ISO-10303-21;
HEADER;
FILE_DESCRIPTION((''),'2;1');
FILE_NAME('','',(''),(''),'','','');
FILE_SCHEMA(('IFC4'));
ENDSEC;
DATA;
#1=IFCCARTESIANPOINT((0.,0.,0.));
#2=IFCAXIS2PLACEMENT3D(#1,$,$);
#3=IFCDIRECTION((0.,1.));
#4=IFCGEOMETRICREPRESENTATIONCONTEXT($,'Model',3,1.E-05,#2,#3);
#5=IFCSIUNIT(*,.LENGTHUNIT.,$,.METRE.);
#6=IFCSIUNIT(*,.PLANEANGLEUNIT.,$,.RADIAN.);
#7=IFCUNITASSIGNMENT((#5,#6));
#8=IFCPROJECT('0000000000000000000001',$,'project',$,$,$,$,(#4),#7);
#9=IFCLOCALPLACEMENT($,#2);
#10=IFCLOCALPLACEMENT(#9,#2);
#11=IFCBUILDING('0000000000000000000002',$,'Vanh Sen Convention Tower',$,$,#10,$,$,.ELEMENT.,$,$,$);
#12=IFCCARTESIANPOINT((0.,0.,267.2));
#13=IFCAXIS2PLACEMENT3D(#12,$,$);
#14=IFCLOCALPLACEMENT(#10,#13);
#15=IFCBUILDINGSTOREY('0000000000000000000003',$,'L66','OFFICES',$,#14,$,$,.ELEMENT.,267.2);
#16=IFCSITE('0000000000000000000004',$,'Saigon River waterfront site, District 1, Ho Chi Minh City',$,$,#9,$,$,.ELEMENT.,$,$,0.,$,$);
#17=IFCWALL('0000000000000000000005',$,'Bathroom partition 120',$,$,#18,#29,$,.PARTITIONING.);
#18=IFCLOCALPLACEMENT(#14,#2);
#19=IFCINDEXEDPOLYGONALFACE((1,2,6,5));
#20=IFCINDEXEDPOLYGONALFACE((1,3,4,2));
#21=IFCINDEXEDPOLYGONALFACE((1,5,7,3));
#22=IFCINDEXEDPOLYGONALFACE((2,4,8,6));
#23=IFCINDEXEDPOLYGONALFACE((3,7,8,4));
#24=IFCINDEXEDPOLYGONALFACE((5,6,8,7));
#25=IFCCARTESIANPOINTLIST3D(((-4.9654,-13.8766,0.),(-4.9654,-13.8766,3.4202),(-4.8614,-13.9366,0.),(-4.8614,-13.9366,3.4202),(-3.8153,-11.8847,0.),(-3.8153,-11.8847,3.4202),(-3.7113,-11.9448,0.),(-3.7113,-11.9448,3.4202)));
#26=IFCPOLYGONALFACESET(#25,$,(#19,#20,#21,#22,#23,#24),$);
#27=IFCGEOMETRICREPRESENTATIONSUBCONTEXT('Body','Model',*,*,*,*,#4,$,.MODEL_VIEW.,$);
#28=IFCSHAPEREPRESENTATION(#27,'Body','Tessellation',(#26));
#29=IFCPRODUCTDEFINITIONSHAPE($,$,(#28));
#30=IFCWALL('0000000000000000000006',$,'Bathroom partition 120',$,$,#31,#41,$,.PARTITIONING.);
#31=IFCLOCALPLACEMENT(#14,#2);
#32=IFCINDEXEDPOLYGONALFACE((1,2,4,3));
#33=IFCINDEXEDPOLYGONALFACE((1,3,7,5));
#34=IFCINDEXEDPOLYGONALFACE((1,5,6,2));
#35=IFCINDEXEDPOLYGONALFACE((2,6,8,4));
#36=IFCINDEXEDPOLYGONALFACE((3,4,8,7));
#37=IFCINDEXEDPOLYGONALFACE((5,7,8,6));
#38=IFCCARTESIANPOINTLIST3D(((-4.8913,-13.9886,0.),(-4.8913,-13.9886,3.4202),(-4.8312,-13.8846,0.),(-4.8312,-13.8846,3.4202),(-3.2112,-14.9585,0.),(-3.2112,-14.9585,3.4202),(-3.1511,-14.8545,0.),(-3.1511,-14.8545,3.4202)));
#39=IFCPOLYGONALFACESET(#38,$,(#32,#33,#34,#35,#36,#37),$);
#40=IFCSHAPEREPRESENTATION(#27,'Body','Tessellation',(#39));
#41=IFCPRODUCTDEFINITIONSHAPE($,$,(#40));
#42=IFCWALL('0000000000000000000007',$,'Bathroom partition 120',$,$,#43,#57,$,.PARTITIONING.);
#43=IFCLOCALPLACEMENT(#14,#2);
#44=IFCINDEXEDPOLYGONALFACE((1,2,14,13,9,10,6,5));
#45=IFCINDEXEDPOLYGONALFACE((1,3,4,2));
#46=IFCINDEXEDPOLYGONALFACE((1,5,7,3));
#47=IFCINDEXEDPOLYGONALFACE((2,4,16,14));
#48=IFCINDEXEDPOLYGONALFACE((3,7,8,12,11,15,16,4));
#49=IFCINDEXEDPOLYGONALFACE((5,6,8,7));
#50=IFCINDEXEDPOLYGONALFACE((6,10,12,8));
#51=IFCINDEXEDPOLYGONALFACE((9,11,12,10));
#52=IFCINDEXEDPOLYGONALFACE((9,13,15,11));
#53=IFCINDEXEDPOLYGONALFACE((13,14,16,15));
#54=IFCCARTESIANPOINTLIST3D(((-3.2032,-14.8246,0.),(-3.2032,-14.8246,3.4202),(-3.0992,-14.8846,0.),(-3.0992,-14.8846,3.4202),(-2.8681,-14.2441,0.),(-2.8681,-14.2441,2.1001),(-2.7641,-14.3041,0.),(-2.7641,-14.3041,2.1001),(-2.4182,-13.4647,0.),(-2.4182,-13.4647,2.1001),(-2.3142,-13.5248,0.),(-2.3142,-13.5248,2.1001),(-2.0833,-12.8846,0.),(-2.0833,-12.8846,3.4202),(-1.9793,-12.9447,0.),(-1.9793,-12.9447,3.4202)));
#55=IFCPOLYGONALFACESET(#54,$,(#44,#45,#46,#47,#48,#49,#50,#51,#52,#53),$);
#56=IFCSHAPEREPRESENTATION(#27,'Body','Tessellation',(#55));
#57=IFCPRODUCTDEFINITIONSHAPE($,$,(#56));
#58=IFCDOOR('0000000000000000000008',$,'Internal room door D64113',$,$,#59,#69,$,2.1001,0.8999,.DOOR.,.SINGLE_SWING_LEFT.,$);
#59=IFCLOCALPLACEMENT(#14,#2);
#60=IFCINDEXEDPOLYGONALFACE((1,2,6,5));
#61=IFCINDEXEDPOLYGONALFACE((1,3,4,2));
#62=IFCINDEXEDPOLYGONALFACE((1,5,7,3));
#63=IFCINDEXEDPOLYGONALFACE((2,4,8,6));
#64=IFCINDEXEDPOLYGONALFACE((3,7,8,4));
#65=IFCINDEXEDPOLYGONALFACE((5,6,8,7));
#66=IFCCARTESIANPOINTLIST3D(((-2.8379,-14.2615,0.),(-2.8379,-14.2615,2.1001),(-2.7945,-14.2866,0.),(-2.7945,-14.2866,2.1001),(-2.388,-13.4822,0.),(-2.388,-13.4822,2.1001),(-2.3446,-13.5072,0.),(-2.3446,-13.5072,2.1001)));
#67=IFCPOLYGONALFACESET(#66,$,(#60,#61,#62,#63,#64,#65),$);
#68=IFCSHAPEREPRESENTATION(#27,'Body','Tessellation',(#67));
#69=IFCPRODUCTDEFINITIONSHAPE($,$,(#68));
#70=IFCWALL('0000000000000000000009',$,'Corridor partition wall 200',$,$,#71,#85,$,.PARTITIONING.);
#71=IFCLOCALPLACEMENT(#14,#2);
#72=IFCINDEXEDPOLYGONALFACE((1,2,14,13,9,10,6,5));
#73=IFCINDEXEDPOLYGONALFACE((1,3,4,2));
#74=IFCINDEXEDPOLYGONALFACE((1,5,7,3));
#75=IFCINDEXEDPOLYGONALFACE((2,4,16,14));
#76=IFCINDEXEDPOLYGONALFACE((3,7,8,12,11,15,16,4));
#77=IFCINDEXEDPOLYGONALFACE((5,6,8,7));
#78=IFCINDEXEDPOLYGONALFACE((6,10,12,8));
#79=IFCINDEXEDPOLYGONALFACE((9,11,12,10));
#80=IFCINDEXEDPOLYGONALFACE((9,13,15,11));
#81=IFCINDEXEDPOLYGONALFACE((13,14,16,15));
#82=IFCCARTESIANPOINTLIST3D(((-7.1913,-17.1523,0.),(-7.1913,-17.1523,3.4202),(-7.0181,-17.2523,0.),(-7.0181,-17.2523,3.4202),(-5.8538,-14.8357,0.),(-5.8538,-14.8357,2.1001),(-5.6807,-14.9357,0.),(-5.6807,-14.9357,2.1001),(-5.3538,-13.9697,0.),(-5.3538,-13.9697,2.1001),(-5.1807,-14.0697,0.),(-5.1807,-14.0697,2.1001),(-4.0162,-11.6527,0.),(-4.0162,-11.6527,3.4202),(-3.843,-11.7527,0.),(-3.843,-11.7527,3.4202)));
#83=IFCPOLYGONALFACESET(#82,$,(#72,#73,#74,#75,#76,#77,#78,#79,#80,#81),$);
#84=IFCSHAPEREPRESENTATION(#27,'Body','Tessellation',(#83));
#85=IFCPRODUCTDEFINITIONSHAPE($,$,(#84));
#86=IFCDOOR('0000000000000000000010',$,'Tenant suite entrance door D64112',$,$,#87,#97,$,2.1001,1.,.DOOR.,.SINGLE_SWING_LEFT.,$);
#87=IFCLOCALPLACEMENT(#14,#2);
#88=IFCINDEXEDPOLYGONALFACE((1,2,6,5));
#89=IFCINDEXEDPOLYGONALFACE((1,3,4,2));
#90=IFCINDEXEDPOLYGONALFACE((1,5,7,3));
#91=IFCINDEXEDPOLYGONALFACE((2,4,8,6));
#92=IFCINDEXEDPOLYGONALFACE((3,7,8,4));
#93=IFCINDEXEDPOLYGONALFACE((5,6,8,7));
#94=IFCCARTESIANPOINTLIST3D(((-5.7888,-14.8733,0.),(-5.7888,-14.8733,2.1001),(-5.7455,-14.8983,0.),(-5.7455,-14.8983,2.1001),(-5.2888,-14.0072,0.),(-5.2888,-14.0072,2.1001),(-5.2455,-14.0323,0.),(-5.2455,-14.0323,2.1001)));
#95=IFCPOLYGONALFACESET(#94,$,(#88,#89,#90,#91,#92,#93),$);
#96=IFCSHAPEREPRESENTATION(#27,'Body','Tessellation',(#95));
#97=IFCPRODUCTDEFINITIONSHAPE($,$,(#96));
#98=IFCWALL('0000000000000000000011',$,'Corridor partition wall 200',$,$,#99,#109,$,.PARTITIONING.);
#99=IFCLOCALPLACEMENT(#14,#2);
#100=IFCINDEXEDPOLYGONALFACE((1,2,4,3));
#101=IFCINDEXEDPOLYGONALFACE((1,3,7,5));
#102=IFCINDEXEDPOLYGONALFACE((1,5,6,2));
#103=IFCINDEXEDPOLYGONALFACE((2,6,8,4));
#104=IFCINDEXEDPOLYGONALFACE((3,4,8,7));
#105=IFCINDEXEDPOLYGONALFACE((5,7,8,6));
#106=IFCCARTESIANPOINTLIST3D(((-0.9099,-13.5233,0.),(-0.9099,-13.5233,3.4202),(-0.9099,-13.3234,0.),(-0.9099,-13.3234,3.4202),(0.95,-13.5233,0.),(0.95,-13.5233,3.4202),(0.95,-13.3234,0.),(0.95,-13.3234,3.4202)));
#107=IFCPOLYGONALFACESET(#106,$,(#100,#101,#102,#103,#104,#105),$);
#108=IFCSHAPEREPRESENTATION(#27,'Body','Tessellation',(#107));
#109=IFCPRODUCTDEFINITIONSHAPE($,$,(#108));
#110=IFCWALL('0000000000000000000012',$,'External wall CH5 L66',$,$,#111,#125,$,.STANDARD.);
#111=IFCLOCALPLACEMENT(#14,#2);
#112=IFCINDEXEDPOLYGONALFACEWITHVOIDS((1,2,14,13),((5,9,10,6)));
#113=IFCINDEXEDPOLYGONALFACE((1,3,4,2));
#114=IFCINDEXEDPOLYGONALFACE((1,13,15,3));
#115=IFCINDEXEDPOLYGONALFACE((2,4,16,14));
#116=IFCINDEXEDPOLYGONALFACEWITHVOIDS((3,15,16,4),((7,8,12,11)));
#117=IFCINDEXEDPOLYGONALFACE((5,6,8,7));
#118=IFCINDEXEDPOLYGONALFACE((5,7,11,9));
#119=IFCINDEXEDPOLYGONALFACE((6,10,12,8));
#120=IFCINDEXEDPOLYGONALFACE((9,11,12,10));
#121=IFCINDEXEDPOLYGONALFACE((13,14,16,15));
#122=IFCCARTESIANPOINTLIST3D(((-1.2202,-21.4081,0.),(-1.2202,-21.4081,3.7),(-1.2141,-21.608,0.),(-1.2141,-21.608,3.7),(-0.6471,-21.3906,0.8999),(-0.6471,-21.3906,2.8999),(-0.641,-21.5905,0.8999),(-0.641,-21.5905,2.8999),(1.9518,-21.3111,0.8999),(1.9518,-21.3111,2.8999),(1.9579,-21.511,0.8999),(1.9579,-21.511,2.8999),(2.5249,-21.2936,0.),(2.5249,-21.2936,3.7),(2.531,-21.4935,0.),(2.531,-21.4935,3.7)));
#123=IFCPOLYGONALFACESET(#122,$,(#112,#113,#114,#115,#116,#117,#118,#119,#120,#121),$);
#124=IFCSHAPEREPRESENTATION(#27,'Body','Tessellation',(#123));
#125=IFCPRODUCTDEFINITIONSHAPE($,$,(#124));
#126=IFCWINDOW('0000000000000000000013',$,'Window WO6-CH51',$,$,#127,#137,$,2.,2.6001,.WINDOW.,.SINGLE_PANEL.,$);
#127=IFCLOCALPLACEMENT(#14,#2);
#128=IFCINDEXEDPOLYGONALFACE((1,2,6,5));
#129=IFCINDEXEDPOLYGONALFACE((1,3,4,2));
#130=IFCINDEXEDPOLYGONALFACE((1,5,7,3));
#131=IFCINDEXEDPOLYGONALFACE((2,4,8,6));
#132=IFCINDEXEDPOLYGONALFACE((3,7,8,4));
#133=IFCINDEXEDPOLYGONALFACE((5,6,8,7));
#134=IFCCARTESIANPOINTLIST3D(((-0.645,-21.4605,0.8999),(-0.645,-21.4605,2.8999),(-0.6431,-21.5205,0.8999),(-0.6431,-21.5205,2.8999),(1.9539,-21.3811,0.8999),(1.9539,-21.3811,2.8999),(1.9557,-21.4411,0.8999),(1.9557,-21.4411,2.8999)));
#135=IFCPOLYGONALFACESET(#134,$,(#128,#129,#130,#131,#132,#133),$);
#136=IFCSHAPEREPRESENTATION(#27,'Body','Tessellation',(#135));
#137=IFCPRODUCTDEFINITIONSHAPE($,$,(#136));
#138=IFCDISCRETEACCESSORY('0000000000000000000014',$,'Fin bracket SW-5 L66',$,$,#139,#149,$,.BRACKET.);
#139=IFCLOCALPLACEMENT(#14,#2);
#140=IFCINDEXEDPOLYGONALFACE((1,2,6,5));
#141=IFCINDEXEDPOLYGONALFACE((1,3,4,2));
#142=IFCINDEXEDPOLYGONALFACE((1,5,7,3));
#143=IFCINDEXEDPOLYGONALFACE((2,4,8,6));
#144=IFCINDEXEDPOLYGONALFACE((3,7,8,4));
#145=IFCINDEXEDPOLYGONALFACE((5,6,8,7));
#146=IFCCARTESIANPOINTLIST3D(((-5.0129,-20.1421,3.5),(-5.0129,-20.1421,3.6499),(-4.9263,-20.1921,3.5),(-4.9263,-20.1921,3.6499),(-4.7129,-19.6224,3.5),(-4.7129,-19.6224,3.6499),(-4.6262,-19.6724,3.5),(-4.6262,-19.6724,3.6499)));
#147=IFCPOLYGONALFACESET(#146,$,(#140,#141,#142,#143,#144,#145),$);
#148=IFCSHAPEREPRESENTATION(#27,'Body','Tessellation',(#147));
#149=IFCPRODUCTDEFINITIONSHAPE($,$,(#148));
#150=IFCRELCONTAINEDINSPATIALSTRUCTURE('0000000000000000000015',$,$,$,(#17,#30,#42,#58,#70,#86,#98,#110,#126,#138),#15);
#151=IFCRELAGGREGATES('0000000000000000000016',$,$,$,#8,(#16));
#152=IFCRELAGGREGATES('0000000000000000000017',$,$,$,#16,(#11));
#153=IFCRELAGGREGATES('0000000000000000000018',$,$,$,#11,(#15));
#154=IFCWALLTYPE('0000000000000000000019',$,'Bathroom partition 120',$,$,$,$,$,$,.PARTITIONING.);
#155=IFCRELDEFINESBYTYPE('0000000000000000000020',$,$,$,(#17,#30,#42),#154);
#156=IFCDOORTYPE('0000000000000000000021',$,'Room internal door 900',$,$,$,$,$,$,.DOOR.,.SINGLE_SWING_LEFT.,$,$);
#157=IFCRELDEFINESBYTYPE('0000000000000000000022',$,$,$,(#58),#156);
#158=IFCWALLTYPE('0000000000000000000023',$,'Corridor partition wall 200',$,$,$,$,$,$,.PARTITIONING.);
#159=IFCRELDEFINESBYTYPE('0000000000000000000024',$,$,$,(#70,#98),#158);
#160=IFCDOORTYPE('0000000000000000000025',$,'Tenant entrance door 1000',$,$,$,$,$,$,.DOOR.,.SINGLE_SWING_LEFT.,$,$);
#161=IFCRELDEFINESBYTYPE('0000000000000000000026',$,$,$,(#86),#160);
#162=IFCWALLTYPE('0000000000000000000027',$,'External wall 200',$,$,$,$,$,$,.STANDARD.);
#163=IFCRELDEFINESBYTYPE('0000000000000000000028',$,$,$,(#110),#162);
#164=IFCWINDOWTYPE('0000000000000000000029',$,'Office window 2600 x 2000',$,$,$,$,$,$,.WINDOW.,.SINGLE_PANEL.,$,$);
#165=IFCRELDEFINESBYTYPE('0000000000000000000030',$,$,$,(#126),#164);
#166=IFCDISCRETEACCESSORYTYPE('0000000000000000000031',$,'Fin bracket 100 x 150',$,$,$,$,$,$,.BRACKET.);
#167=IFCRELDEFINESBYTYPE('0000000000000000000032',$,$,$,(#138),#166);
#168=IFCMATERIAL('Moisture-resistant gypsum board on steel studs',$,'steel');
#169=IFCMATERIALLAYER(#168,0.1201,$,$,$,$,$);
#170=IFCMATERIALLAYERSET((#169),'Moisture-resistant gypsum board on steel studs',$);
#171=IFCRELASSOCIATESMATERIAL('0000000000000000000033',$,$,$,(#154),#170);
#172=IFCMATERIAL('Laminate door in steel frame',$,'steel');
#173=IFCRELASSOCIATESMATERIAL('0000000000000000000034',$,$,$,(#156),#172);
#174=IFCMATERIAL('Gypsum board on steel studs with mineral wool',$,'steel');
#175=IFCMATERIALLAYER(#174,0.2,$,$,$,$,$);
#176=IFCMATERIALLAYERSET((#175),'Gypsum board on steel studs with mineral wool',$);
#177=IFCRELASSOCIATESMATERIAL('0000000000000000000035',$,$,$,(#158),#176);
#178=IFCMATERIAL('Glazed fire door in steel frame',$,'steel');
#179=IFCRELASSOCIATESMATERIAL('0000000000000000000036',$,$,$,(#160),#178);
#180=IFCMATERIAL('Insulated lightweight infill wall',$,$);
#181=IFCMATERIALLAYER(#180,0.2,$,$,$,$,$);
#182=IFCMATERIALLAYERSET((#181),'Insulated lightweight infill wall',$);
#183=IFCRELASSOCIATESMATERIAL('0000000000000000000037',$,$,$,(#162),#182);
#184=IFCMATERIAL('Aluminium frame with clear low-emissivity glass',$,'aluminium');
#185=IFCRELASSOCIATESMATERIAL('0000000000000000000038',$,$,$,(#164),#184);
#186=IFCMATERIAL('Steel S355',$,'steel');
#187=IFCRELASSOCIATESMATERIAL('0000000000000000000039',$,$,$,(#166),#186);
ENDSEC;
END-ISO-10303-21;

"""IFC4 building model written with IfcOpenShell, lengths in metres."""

from ifc_helpers import new_model, si_unit, direction, frame, frame_2d, origin, origin_2d, place, context, subcontext, project, spatial, rectangle, extrude, material, layer, layer_set, type_object, element, fill, save


model = new_model("IFC4")

# Units and contexts
model_context = context("Model", 3, precision=1e-05, world=origin(), true_north=direction((0.0, 1.0)))
body_context = subcontext(model_context, "Body", "Model", "MODEL_VIEW")
ifc_project = project(units=[si_unit("LENGTHUNIT", "METRE"), si_unit("PLANEANGLEUNIT", "RADIAN")], contexts=[model_context])

# Site, building, storey
site_placement = place(None, origin())
site = spatial("IfcSite", under=ifc_project, at=site_placement, Name="Saigon River waterfront site, District 1, Ho Chi Minh City", CompositionType="ELEMENT", RefElevation=0.0)
building_placement = place(site_placement, origin())
building = spatial("IfcBuilding", under=site, at=building_placement, Name="Vanh Sen Convention Tower", CompositionType="ELEMENT")
storey_placement = place(building_placement, frame((0.0, 0.0, 267.2)))
storey = spatial("IfcBuildingStorey", under=building, at=storey_placement, Name="L66", Description="OFFICES", CompositionType="ELEMENT", Elevation=267.2)

# Walls
ifc_material_1 = material(Name="Moisture-resistant gypsum board on steel studs", Category="steel")
ifc_layer_1 = layer(ifc_material_1, 0.1201)
ifc_layer_set_1 = layer_set([ifc_layer_1], Name="Moisture-resistant gypsum board on steel studs")
wall_type_1 = type_object("IfcWallType", Name="Bathroom partition 120", PredefinedType="PARTITIONING", material=ifc_layer_set_1)
wall_1_placement = place(storey_placement, frame((-4.9133, -13.9065, 0.0), z_axis=(0.0, 0.0, 1.0), x_axis=(0.500032, 0.866007, 0.0)))
element("IfcWall", 1, at=wall_1_placement, inside=storey, type_object=wall_type_1, Name="Bathroom partition 120", PredefinedType="PARTITIONING", context=body_context, shape_type="SweptSolid", body=[
    extrude(rectangle(XDim=2.3, YDim=0.1201, at=frame_2d((1.1499, 0.0))), origin(), (0.0, 0.0, 1.0), 3.4202),
])
wall_2_placement = place(storey_placement, frame((-3.1812, -14.9065, 0.0), z_axis=(0.0, 0.0, 1.0), x_axis=(-0.866043, 0.499969, 0.0)))
element("IfcWall", 2, at=wall_2_placement, inside=storey, type_object=wall_type_1, Name="Bathroom partition 120", PredefinedType="PARTITIONING", context=body_context, shape_type="SweptSolid", body=[
    extrude(rectangle(XDim=1.9399, YDim=0.1201, at=frame_2d((0.97, 0.0))), origin(), (0.0, 0.0, 1.0), 3.4202),
])

# Walls, openings, doors
wall_3_placement = place(storey_placement, frame((-2.0312, -12.9146, 0.0), z_axis=(0.0, 0.0, 1.0), x_axis=(-0.499949, -0.866055, 0.0)))
wall_3 = element("IfcWall", 3, at=wall_3_placement, inside=storey, type_object=wall_type_1, Name="Bathroom partition 120", PredefinedType="PARTITIONING", context=body_context, shape_type="SweptSolid", body=[
    extrude(rectangle(XDim=2.24, YDim=0.1201, at=frame_2d((1.1201, 0.0))), origin(), (0.0, 0.0, 1.0), 3.4202),
])
opening_1_placement = place(wall_3_placement, frame((0.6699, 0.0, 0.0)))
opening_1 = element("IfcOpeningElement", 4, at=opening_1_placement, cuts=wall_3, PredefinedType="OPENING", context=body_context, shape_type="SweptSolid", body=[
    extrude(rectangle(XDim=0.8999, YDim=2.1001, at=frame_2d((0.45, 1.05))), frame((0.0, 0.0701, 0.0), z_axis=(0.0, -1.0, 0.0), x_axis=(1.0, 0.0, 0.0)), (0.0, 0.0, 1.0), 0.1401),
])
ifc_material_2 = material(Name="Laminate door in steel frame", Category="steel")
door_type_1 = type_object("IfcDoorType", Name="Room internal door 900", OperationType="SINGLE_SWING_LEFT", PredefinedType="DOOR", material=ifc_material_2)
door_1_placement = place(opening_1_placement, origin())
door_1 = element("IfcDoor", 5, at=door_1_placement, inside=storey, type_object=door_type_1, Name="Internal room door D64113", OperationType="SINGLE_SWING_LEFT", OverallHeight=2.1001, OverallWidth=0.8999, PredefinedType="DOOR", context=body_context, shape_type="SweptSolid", body=[
    extrude(rectangle(XDim=0.8999, YDim=2.1001, at=frame_2d((0.45, 1.05))), frame((0.0, 0.0249, 0.0), z_axis=(0.0, -1.0, 0.0), x_axis=(1.0, 0.0, 0.0)), (0.0, 0.0, 1.0), 0.05),
])
fill(opening_1, door_1)
ifc_material_3 = material(Name="Gypsum board on steel studs with mineral wool", Category="steel")
ifc_layer_2 = layer(ifc_material_3, 0.2)
ifc_layer_set_2 = layer_set([ifc_layer_2], Name="Gypsum board on steel studs with mineral wool")
wall_type_2 = type_object("IfcWallType", Name="Corridor partition wall 200", PredefinedType="PARTITIONING", material=ifc_layer_set_2)
wall_4_placement = place(storey_placement, frame((-7.1047, -17.2024, 0.0), z_axis=(0.0, 0.0, 1.0), x_axis=(0.499989, 0.866032, 0.0)))
wall_4 = element("IfcWall", 6, at=wall_4_placement, inside=storey, type_object=wall_type_2, Name="Corridor partition wall 200", PredefinedType="PARTITIONING", context=body_context, shape_type="SweptSolid", body=[
    extrude(rectangle(XDim=6.3503, YDim=0.2, at=frame_2d((3.1753, 0.0))), origin(), (0.0, 0.0, 1.0), 3.4202),
])
opening_2_placement = place(wall_4_placement, frame((2.675, 0.0, 0.0)))
opening_2 = element("IfcOpeningElement", 7, at=opening_2_placement, cuts=wall_4, PredefinedType="OPENING", context=body_context, shape_type="SweptSolid", body=[
    extrude(rectangle(XDim=1.0, YDim=2.1001, at=frame_2d((0.5, 1.05))), frame((0.0, 0.1099, 0.0), z_axis=(0.0, -1.0, 0.0), x_axis=(1.0, 0.0, 0.0)), (0.0, 0.0, 1.0), 0.22),
])
ifc_material_4 = material(Name="Glazed fire door in steel frame", Category="steel")
door_type_2 = type_object("IfcDoorType", Name="Tenant entrance door 1000", OperationType="SINGLE_SWING_LEFT", PredefinedType="DOOR", material=ifc_material_4)
door_2_placement = place(opening_2_placement, origin())
door_2 = element("IfcDoor", 8, at=door_2_placement, inside=storey, type_object=door_type_2, Name="Tenant suite entrance door D64112", OperationType="SINGLE_SWING_LEFT", OverallHeight=2.1001, OverallWidth=1.0, PredefinedType="DOOR", context=body_context, shape_type="SweptSolid", body=[
    extrude(rectangle(XDim=1.0, YDim=2.1001, at=frame_2d((0.5, 1.05))), frame((0.0, 0.0249, 0.0), z_axis=(0.0, -1.0, 0.0), x_axis=(1.0, 0.0, 0.0)), (0.0, 0.0, 1.0), 0.05),
])
fill(opening_2, door_2)

# Wall
wall_5_placement = place(storey_placement, frame((-0.9099, -13.4233, 0.0), z_axis=(0.0, 0.0, 1.0), x_axis=(1.0, 0.0, 0.0)))
element("IfcWall", 9, at=wall_5_placement, inside=storey, type_object=wall_type_2, Name="Corridor partition wall 200", PredefinedType="PARTITIONING", context=body_context, shape_type="SweptSolid", body=[
    extrude(rectangle(XDim=1.8599, YDim=0.2, at=frame_2d((0.9299, 0.0))), origin(), (0.0, 0.0, 1.0), 3.4202),
])

# Wall, opening, window
ifc_material_5 = material(Name="Insulated lightweight infill wall")
ifc_layer_3 = layer(ifc_material_5, 0.2)
ifc_layer_set_3 = layer_set([ifc_layer_3], Name="Insulated lightweight infill wall")
wall_type_3 = type_object("IfcWallType", Name="External wall 200", PredefinedType="STANDARD", material=ifc_layer_set_3)
wall_6_placement = place(storey_placement, frame((-1.2173, -21.5081, 0.0), z_axis=(0.0, 0.0, 1.0), x_axis=(0.999533, 0.030559, 0.0)))
wall_6 = element("IfcWall", 10, at=wall_6_placement, inside=storey, type_object=wall_type_3, Name="External wall CH5 L66", PredefinedType="STANDARD", context=body_context, shape_type="SweptSolid", body=[
    extrude(rectangle(XDim=3.7468, YDim=0.2, at=frame_2d((1.8735, 0.0))), origin(), (0.0, 0.0, 1.0), 3.7),
])
opening_3_placement = place(wall_6_placement, frame((0.5735, 0.0, 0.8999)))
opening_3 = element("IfcOpeningElement", 11, at=opening_3_placement, cuts=wall_6, PredefinedType="OPENING", context=body_context, shape_type="SweptSolid", body=[
    extrude(rectangle(XDim=2.6001, YDim=2.0, at=frame_2d((1.3, 1.0))), frame((0.0, 0.1099, 0.0), z_axis=(0.0, -1.0, 0.0), x_axis=(1.0, 0.0, 0.0)), (0.0, 0.0, 1.0), 0.22),
])
ifc_material_6 = material(Name="Aluminium frame with clear low-emissivity glass", Category="aluminium")
window_type = type_object("IfcWindowType", Name="Office window 2600 x 2000", PartitioningType="SINGLE_PANEL", PredefinedType="WINDOW", material=ifc_material_6)
window_placement = place(opening_3_placement, origin())
window = element("IfcWindow", 12, at=window_placement, inside=storey, type_object=window_type, Name="Window WO6-CH51", OverallHeight=2.0, OverallWidth=2.6001, PartitioningType="SINGLE_PANEL", PredefinedType="WINDOW", context=body_context, shape_type="SweptSolid", body=[
    extrude(rectangle(XDim=2.6001, YDim=2.0, at=frame_2d((1.3, 1.0))), frame((0.0, 0.03, 0.0), z_axis=(0.0, -1.0, 0.0), x_axis=(1.0, 0.0, 0.0)), (0.0, 0.0, 1.0), 0.0601),
])
fill(opening_3, window)

# Discrete accessory
ifc_material_7 = material(Name="Steel S355", Category="steel")
discrete_accessory_type = type_object("IfcDiscreteAccessoryType", Name="Fin bracket 100 x 150", PredefinedType="BRACKET", material=ifc_material_7)
discrete_accessory_placement = place(storey_placement, frame((-4.8196, -19.9072, 3.5), z_axis=(0.0, 0.0, 1.0), x_axis=(-0.5, -0.866025, 0.0)))
element("IfcDiscreteAccessory", 13, at=discrete_accessory_placement, inside=storey, type_object=discrete_accessory_type, Name="Fin bracket SW-5 L66", PredefinedType="BRACKET", context=body_context, shape_type="SweptSolid", body=[
    extrude(rectangle(XDim=0.6001, YDim=0.1001, at=origin_2d()), origin(), (0.0, 0.0, 1.0), 0.1499),
])

save(model, "model.ifc")
